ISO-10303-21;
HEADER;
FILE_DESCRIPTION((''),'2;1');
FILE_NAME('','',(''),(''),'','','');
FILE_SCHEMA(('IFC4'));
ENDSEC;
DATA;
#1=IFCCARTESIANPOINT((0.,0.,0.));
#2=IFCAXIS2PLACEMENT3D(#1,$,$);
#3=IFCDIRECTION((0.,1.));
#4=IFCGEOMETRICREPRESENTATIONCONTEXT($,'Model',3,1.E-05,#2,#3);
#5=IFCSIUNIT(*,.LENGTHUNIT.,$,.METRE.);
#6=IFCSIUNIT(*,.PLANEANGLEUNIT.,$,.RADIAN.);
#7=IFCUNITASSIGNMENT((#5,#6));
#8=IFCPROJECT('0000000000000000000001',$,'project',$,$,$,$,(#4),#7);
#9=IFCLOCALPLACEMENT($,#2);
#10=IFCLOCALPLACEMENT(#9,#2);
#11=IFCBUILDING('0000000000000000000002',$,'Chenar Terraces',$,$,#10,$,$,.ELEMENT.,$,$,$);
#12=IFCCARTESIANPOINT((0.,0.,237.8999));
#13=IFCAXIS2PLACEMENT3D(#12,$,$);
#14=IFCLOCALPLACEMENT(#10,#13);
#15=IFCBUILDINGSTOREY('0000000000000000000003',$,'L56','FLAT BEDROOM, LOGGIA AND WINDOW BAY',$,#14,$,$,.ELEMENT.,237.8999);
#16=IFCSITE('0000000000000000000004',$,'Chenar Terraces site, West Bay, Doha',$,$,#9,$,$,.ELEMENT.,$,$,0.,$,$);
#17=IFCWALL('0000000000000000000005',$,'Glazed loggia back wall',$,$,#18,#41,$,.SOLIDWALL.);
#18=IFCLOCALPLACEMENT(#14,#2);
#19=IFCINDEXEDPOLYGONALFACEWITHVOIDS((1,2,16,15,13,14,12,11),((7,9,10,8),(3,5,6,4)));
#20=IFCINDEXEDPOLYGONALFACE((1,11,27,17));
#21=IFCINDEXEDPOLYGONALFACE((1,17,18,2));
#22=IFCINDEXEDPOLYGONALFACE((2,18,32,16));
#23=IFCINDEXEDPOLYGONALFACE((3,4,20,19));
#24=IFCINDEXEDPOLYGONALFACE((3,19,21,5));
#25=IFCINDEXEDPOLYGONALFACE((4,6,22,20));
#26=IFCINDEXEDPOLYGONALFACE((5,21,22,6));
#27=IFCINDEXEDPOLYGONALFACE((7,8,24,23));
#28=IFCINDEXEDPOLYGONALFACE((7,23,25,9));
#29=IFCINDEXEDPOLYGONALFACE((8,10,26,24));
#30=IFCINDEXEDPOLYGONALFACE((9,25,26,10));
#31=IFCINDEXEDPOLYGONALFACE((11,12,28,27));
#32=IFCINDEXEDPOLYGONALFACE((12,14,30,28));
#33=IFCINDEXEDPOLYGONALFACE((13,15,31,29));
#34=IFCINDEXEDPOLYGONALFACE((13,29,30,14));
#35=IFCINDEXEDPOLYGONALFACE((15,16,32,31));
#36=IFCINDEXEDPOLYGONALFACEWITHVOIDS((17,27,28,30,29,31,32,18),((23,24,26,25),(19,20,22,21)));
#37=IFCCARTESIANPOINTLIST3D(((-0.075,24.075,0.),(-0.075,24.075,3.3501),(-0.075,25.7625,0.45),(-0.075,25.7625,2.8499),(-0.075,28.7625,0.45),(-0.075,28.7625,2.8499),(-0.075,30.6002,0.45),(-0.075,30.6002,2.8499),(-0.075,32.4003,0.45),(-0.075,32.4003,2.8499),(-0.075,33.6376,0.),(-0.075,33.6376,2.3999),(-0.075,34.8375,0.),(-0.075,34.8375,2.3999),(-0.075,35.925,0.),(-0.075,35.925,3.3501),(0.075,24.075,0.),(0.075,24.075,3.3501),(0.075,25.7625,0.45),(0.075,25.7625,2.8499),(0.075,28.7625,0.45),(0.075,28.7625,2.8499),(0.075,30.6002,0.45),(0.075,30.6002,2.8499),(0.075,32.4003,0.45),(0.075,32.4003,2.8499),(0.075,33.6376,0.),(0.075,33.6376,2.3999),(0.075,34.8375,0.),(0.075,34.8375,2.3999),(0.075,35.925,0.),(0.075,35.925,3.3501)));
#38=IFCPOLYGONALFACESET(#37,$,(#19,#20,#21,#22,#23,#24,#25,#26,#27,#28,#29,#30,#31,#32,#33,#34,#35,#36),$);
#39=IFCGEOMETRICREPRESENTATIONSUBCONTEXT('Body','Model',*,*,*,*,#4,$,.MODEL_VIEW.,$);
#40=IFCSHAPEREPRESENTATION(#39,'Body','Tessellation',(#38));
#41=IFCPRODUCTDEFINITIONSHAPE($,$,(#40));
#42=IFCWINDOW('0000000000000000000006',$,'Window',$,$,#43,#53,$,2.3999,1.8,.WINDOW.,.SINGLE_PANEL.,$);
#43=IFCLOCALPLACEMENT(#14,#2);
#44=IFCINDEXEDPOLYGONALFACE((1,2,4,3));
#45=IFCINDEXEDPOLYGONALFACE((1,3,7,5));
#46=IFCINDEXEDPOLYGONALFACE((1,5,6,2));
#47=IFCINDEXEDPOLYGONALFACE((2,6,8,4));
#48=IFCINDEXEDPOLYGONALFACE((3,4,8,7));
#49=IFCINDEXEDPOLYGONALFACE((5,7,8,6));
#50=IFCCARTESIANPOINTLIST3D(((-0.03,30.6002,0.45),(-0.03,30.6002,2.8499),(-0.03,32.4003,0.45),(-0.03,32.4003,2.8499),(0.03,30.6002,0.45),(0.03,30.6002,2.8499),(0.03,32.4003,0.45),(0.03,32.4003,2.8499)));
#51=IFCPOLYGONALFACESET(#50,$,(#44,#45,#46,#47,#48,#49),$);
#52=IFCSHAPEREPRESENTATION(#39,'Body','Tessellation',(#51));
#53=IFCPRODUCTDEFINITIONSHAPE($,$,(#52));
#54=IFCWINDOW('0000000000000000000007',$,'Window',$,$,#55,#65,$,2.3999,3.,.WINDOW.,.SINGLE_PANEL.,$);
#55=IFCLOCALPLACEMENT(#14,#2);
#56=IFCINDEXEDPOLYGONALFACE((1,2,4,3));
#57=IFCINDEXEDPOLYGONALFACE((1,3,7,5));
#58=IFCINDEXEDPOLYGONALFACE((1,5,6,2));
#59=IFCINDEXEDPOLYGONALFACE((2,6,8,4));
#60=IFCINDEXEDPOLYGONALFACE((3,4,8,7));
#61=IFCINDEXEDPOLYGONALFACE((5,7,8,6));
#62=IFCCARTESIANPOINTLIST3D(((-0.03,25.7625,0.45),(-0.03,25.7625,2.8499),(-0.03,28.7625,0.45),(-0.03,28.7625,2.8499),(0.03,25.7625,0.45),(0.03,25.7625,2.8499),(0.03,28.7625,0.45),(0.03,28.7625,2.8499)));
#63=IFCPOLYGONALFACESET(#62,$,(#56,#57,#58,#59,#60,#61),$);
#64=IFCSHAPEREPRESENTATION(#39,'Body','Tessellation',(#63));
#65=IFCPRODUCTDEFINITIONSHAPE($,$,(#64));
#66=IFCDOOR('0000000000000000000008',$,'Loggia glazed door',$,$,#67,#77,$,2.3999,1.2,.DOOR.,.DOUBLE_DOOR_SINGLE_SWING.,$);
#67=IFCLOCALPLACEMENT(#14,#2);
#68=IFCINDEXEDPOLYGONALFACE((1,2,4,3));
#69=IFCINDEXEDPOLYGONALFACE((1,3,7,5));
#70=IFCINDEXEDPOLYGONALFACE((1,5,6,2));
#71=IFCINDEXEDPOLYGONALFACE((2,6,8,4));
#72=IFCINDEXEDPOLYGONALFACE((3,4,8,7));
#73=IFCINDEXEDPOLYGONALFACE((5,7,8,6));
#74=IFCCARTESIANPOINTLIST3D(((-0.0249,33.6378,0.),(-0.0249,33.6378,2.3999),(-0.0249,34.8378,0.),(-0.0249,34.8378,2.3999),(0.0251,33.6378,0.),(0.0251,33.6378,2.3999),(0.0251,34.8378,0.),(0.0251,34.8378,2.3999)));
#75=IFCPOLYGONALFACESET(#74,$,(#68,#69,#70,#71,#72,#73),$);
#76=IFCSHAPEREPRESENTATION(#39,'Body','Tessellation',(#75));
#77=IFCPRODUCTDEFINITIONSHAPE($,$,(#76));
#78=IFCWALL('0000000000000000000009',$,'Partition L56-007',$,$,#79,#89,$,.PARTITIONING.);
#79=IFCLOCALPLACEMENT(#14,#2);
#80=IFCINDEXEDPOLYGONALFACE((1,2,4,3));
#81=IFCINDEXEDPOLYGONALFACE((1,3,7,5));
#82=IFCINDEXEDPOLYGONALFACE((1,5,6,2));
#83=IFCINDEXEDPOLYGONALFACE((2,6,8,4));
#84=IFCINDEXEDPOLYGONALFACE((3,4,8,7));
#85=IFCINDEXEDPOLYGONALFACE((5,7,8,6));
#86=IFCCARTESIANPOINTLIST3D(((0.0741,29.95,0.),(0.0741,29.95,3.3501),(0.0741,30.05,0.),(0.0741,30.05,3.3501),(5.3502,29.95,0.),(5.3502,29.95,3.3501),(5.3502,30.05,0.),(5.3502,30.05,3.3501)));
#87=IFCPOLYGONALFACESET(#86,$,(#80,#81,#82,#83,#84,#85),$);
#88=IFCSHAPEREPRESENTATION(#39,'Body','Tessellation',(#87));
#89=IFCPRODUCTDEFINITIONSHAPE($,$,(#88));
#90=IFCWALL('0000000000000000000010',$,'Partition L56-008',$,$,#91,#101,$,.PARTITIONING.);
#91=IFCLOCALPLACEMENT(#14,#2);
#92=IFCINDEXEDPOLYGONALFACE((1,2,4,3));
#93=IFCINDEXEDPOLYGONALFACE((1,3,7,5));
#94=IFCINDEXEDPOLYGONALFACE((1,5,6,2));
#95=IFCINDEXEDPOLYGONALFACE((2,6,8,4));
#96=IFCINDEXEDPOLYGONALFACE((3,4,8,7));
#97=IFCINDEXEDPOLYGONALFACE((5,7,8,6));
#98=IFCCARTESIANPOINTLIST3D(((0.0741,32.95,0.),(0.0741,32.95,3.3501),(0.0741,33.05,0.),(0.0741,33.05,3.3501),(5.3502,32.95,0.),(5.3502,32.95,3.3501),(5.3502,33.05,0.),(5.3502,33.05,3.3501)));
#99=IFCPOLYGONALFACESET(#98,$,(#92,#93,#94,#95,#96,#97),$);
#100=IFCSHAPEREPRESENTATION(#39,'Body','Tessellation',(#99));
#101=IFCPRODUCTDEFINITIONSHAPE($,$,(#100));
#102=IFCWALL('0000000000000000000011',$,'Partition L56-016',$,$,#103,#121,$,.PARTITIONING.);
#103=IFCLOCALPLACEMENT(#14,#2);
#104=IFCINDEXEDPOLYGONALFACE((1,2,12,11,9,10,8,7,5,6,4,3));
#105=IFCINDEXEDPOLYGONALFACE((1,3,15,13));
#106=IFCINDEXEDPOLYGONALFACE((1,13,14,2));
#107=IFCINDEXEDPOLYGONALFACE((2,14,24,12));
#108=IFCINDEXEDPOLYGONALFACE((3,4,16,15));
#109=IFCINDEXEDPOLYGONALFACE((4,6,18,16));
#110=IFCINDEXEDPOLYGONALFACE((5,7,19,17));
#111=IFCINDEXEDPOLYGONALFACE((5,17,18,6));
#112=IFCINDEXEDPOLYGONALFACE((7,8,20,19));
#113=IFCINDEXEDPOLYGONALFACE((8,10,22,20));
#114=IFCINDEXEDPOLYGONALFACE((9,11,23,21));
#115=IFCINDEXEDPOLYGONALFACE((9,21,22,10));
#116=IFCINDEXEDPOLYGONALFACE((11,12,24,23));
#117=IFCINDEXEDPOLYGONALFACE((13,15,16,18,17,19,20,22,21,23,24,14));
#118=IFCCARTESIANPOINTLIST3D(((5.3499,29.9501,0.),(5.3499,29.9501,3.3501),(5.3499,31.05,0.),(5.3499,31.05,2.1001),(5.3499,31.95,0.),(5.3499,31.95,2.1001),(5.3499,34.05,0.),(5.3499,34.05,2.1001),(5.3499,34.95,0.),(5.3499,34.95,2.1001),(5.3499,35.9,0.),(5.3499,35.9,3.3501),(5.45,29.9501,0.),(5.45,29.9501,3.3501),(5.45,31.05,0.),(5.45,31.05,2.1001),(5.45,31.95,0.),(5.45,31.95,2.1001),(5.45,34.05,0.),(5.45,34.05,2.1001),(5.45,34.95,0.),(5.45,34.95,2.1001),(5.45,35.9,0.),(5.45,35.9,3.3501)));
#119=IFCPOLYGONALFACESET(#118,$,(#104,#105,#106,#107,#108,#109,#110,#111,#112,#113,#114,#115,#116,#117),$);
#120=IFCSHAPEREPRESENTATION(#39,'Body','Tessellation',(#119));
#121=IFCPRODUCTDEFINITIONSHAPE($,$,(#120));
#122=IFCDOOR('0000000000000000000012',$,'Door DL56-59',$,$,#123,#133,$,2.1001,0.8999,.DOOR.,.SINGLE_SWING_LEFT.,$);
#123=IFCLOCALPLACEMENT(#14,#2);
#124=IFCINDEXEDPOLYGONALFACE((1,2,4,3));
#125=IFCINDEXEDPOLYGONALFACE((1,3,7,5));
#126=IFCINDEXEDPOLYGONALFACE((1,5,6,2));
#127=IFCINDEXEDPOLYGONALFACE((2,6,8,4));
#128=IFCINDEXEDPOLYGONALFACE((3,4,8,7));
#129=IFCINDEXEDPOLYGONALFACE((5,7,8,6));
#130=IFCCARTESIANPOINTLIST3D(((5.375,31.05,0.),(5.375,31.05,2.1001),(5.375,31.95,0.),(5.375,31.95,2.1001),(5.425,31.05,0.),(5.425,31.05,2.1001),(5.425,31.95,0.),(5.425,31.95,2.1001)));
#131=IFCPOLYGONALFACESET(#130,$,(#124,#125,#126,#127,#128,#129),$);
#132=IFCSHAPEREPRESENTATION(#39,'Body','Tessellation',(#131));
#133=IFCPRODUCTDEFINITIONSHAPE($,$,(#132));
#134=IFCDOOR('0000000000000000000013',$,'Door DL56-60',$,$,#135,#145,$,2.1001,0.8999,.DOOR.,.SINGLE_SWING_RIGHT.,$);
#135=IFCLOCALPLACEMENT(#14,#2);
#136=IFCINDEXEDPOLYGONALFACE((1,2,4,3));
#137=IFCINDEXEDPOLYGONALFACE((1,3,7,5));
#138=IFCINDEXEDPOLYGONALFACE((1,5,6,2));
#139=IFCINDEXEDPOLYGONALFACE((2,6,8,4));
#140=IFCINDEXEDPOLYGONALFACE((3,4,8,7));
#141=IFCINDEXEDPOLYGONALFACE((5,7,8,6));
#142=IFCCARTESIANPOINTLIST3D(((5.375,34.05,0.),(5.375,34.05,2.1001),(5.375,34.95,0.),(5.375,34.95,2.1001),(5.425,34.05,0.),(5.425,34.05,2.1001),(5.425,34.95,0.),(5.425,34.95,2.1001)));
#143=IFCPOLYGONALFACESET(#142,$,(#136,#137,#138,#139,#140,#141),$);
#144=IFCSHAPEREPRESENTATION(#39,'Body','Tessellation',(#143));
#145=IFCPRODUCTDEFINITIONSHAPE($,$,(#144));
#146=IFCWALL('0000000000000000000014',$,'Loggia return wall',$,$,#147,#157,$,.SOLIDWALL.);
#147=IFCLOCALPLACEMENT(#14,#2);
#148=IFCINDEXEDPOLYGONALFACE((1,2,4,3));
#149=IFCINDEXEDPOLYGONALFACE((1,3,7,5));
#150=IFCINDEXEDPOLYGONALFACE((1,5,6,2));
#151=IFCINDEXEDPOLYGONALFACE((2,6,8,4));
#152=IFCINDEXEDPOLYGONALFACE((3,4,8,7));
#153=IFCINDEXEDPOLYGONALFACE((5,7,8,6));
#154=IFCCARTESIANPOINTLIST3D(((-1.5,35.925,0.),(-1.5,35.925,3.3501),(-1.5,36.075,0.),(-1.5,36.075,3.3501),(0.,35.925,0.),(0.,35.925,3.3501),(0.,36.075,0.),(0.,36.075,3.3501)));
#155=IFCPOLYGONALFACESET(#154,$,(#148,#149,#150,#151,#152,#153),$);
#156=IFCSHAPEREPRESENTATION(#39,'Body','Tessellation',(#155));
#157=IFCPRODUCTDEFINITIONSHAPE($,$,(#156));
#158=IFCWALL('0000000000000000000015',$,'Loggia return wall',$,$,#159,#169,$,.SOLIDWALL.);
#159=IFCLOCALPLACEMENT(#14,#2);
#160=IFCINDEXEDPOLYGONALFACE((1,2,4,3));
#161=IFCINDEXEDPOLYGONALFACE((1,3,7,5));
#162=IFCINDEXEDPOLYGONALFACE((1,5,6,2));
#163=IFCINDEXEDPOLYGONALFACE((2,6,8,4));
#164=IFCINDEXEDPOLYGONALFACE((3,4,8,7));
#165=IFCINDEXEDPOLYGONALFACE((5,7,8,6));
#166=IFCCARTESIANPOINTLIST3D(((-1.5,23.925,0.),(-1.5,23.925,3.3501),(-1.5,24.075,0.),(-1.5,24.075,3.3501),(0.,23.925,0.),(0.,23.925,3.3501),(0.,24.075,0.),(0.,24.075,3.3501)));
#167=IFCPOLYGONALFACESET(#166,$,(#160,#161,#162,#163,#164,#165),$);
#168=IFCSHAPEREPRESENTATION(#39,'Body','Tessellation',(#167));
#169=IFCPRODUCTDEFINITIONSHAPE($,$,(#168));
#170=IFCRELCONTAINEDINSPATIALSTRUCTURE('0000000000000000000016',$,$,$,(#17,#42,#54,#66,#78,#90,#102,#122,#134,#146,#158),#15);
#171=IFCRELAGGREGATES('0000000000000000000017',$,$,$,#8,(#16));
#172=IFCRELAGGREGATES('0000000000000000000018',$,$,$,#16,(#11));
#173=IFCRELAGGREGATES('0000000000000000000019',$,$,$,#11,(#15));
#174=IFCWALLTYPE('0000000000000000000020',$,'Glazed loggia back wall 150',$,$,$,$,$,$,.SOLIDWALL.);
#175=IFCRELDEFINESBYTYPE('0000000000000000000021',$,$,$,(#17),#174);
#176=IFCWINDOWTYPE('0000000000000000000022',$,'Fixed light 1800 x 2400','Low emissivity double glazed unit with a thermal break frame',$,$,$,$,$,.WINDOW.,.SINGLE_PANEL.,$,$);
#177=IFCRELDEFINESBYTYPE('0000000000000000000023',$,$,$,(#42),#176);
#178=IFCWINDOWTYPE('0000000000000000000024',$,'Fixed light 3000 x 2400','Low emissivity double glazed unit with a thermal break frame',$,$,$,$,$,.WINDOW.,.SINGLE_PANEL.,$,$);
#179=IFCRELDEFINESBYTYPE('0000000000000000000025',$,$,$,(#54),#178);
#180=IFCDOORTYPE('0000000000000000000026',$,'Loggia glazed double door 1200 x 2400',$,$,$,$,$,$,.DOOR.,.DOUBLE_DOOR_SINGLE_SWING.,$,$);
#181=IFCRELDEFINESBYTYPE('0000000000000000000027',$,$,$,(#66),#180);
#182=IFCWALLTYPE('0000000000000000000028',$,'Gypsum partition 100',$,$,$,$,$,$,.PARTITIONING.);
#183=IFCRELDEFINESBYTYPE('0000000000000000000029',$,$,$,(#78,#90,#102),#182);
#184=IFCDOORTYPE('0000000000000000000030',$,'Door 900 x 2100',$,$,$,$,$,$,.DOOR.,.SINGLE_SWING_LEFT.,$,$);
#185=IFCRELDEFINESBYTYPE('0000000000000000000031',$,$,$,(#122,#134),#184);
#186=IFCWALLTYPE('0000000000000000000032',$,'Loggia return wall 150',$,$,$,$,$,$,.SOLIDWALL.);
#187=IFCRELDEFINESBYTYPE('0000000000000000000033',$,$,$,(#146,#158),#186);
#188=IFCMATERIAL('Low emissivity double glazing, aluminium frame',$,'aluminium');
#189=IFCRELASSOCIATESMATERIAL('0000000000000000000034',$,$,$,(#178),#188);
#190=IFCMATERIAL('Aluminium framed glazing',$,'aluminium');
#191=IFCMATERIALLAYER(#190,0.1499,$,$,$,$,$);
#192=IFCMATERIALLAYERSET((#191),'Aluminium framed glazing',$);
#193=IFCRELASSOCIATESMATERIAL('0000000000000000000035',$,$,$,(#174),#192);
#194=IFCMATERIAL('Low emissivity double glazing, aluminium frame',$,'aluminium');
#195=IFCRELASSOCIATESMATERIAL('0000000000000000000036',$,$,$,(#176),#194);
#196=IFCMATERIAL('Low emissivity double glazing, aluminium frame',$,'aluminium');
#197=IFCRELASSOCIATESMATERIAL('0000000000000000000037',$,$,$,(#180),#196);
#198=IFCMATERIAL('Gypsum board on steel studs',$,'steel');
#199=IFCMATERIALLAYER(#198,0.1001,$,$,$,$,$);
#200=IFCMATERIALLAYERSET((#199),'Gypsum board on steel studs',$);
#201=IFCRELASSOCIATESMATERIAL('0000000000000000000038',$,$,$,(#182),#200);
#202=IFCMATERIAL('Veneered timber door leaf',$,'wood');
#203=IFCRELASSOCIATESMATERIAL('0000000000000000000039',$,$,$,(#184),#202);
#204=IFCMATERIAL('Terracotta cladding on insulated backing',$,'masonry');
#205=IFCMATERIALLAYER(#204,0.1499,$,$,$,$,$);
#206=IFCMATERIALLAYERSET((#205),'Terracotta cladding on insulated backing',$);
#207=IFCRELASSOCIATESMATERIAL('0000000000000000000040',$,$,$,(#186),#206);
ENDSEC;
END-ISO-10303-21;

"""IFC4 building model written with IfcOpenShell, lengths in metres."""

from ifc_helpers import new_model, si_unit, direction, frame, frame_2d, origin, place, context, subcontext, project, spatial, rectangle, extrude, material, layer, layer_set, type_object, element, fill, save


model = new_model("IFC4")

# Units and contexts
model_context = context("Model", 3, precision=1e-05, world=origin(), true_north=direction((0.0, 1.0)))
body_context = subcontext(model_context, "Body", "Model", "MODEL_VIEW")
ifc_project = project(units=[si_unit("LENGTHUNIT", "METRE"), si_unit("PLANEANGLEUNIT", "RADIAN")], contexts=[model_context])

# Site, building, storey
site_placement = place(None, origin())
site = spatial("IfcSite", under=ifc_project, at=site_placement, Name="Chenar Terraces site, West Bay, Doha", CompositionType="ELEMENT", RefElevation=0.0)
building_placement = place(site_placement, origin())
building = spatial("IfcBuilding", under=site, at=building_placement, Name="Chenar Terraces", CompositionType="ELEMENT")
storey_placement = place(building_placement, frame((0.0, 0.0, 237.8999)))
storey = spatial("IfcBuildingStorey", under=building, at=storey_placement, Name="L56", Description="FLAT BEDROOM, LOGGIA AND WINDOW BAY", CompositionType="ELEMENT", Elevation=237.8999)

# Shared definitions
ifc_material_1 = material(Name="Low emissivity double glazing, aluminium frame", Category="aluminium")
window_type_1 = type_object("IfcWindowType", Name="Fixed light 3000 x 2400", Description="Low emissivity double glazed unit with a thermal break frame", PartitioningType="SINGLE_PANEL", PredefinedType="WINDOW", material=ifc_material_1)

# Wall, openings, windows, door
ifc_material_2 = material(Name="Aluminium framed glazing", Category="aluminium")
ifc_layer_1 = layer(ifc_material_2, 0.1499)
ifc_layer_set_1 = layer_set([ifc_layer_1], Name="Aluminium framed glazing")
wall_type_1 = type_object("IfcWallType", Name="Glazed loggia back wall 150", PredefinedType="SOLIDWALL", material=ifc_layer_set_1)
wall_1_placement = place(storey_placement, frame((0.0, 35.925, 0.0), z_axis=(0.0, 0.0, 1.0), x_axis=(0.0, -1.0, 0.0)))
wall_1 = element("IfcWall", 1, at=wall_1_placement, inside=storey, type_object=wall_type_1, Name="Glazed loggia back wall", PredefinedType="SOLIDWALL", context=body_context, shape_type="SweptSolid", body=[
    extrude(rectangle(XDim=11.8501, YDim=0.1499, at=frame_2d((5.925, 0.0))), origin(), (0.0, 0.0, 1.0), 3.3501),
])
opening_1_placement = place(wall_1_placement, frame((1.0874, 0.0, 0.0)))
opening_1 = element("IfcOpeningElement", 2, at=opening_1_placement, cuts=wall_1, PredefinedType="OPENING", context=body_context, shape_type="SweptSolid", body=[
    extrude(rectangle(XDim=1.2, YDim=2.3999, at=frame_2d((0.6001, 1.2))), frame((0.0, 0.085, 0.0), z_axis=(0.0, -1.0, 0.0), x_axis=(1.0, 0.0, 0.0)), (0.0, 0.0, 1.0), 0.1699),
])
opening_2_placement = place(wall_1_placement, frame((3.5249, 0.0, 0.45)))
opening_2 = element("IfcOpeningElement", 3, at=opening_2_placement, cuts=wall_1, PredefinedType="OPENING", context=body_context, shape_type="SweptSolid", body=[
    extrude(rectangle(XDim=1.8, YDim=2.3999, at=frame_2d((0.8999, 1.2))), frame((0.0, 0.085, 0.0), z_axis=(0.0, -1.0, 0.0), x_axis=(1.0, 0.0, 0.0)), (0.0, 0.0, 1.0), 0.1699),
])
opening_3_placement = place(wall_1_placement, frame((7.1626, 0.0, 0.45)))
opening_3 = element("IfcOpeningElement", 4, at=opening_3_placement, cuts=wall_1, PredefinedType="OPENING", context=body_context, shape_type="SweptSolid", body=[
    extrude(rectangle(XDim=3.0, YDim=2.3999, at=frame_2d((1.5, 1.2))), frame((0.0, 0.085, 0.0), z_axis=(0.0, -1.0, 0.0), x_axis=(1.0, 0.0, 0.0)), (0.0, 0.0, 1.0), 0.1699),
])
ifc_material_3 = material(Name="Low emissivity double glazing, aluminium frame", Category="aluminium")
window_type_2 = type_object("IfcWindowType", Name="Fixed light 1800 x 2400", Description="Low emissivity double glazed unit with a thermal break frame", PartitioningType="SINGLE_PANEL", PredefinedType="WINDOW", material=ifc_material_3)
window_1_placement = place(opening_2_placement, origin())
window_1 = element("IfcWindow", 5, at=window_1_placement, inside=storey, type_object=window_type_2, Name="Window", OverallHeight=2.3999, OverallWidth=1.8, PartitioningType="SINGLE_PANEL", PredefinedType="WINDOW", context=body_context, shape_type="SweptSolid", body=[
    extrude(rectangle(XDim=1.8, YDim=2.3999, at=frame_2d((0.8999, 1.2))), frame((0.0, 0.03, 0.0), z_axis=(0.0, -1.0, 0.0), x_axis=(1.0, 0.0, 0.0)), (0.0, 0.0, 1.0), 0.0601),
])
fill(opening_2, window_1)
window_2_placement = place(opening_3_placement, origin())
window_2 = element("IfcWindow", 6, at=window_2_placement, inside=storey, type_object=window_type_1, Name="Window", OverallHeight=2.3999, OverallWidth=3.0, PartitioningType="SINGLE_PANEL", PredefinedType="WINDOW", context=body_context, shape_type="SweptSolid", body=[
    extrude(rectangle(XDim=3.0, YDim=2.3999, at=frame_2d((1.5, 1.2))), frame((0.0, 0.03, 0.0), z_axis=(0.0, -1.0, 0.0), x_axis=(1.0, 0.0, 0.0)), (0.0, 0.0, 1.0), 0.0601),
])
fill(opening_3, window_2)
ifc_material_4 = material(Name="Low emissivity double glazing, aluminium frame", Category="aluminium")
door_type_1 = type_object("IfcDoorType", Name="Loggia glazed double door 1200 x 2400", OperationType="DOUBLE_DOOR_SINGLE_SWING", PredefinedType="DOOR", material=ifc_material_4)
door_1_placement = place(opening_1_placement, frame((1.2, 0.0, 0.0), z_axis=(0.0, 0.0, 1.0), x_axis=(-1.0, 0.0, 0.0)))
door_1 = element("IfcDoor", 7, at=door_1_placement, inside=storey, type_object=door_type_1, Name="Loggia glazed door", OperationType="DOUBLE_DOOR_SINGLE_SWING", OverallHeight=2.3999, OverallWidth=1.2, PredefinedType="DOOR", context=body_context, shape_type="SweptSolid", body=[
    extrude(rectangle(XDim=1.2, YDim=2.3999, at=frame_2d((0.6001, 1.2))), frame((0.0, 0.0249, 0.0), z_axis=(0.0, -1.0, 0.0), x_axis=(1.0, 0.0, 0.0)), (0.0, 0.0, 1.0), 0.05),
])
fill(opening_1, door_1)

# Walls
ifc_material_5 = material(Name="Gypsum board on steel studs", Category="steel")
ifc_layer_2 = layer(ifc_material_5, 0.1001)
ifc_layer_set_2 = layer_set([ifc_layer_2], Name="Gypsum board on steel studs")
wall_type_2 = type_object("IfcWallType", Name="Gypsum partition 100", PredefinedType="PARTITIONING", material=ifc_layer_set_2)
for number, where, z_axis, x_axis, name in (
    (8, (0.074, 30.0, 0.0), (0.0, 0.0, 1.0), (1.0, 0.0, 0.0), "Partition L56-007"),
    (9, (0.074, 33.0, 0.0), (0.0, 0.0, 1.0), (1.0, 0.0, 0.0), "Partition L56-008"),
):
    element("IfcWall", number, at=place(storey_placement, frame(where, z_axis=z_axis, x_axis=x_axis)), inside=storey, type_object=wall_type_2, Name=name, PredefinedType="PARTITIONING", context=body_context, shape_type="SweptSolid", body=[
        extrude(rectangle(XDim=5.2761, YDim=0.1001, at=frame_2d((2.6382, 0.0))), origin(), (0.0, 0.0, 1.0), 3.3501),
    ])

# Wall, openings, doors
wall_2_placement = place(storey_placement, frame((5.3999, 29.95, 0.0), z_axis=(0.0, 0.0, 1.0), x_axis=(0.0, 1.0, 0.0)))
wall_2 = element("IfcWall", 10, at=wall_2_placement, inside=storey, type_object=wall_type_2, Name="Partition L56-016", PredefinedType="PARTITIONING", context=body_context, shape_type="SweptSolid", body=[
    extrude(rectangle(XDim=5.95, YDim=0.1001, at=frame_2d((2.9751, 0.0))), origin(), (0.0, 0.0, 1.0), 3.3501),
])
opening_4_placement = place(wall_2_placement, frame((1.1001, 0.0, 0.0)))
opening_4 = element("IfcOpeningElement", 11, at=opening_4_placement, cuts=wall_2, PredefinedType="OPENING", context=body_context, shape_type="SweptSolid", body=[
    extrude(rectangle(XDim=0.8999, YDim=2.1001, at=frame_2d((0.45, 1.05))), frame((0.0, 0.0601, 0.0), z_axis=(0.0, -1.0, 0.0), x_axis=(1.0, 0.0, 0.0)), (0.0, 0.0, 1.0), 0.1201),
])
opening_5_placement = place(wall_2_placement, frame((4.1001, 0.0, 0.0)))
opening_5 = element("IfcOpeningElement", 12, at=opening_5_placement, cuts=wall_2, PredefinedType="OPENING", context=body_context, shape_type="SweptSolid", body=[
    extrude(rectangle(XDim=0.8999, YDim=2.1001, at=frame_2d((0.45, 1.05))), frame((0.0, 0.0601, 0.0), z_axis=(0.0, -1.0, 0.0), x_axis=(1.0, 0.0, 0.0)), (0.0, 0.0, 1.0), 0.1201),
])
ifc_material_6 = material(Name="Veneered timber door leaf", Category="wood")
door_type_2 = type_object("IfcDoorType", Name="Door 900 x 2100", OperationType="SINGLE_SWING_LEFT", PredefinedType="DOOR", material=ifc_material_6)
door_2_placement = place(opening_4_placement, origin())
door_2 = element("IfcDoor", 13, at=door_2_placement, inside=storey, type_object=door_type_2, Name="Door DL56-59", OperationType="SINGLE_SWING_LEFT", OverallHeight=2.1001, OverallWidth=0.8999, PredefinedType="DOOR", context=body_context, shape_type="SweptSolid", body=[
    extrude(rectangle(XDim=0.8999, YDim=2.1001, at=frame_2d((0.45, 1.05))), frame((0.0, 0.0249, 0.0), z_axis=(0.0, -1.0, 0.0), x_axis=(1.0, 0.0, 0.0)), (0.0, 0.0, 1.0), 0.05),
])
fill(opening_4, door_2)
door_3_placement = place(opening_5_placement, origin())
door_3 = element("IfcDoor", 14, at=door_3_placement, inside=storey, type_object=door_type_2, Name="Door DL56-60", OperationType="SINGLE_SWING_RIGHT", OverallHeight=2.1001, OverallWidth=0.8999, PredefinedType="DOOR", context=body_context, shape_type="SweptSolid", body=[
    extrude(rectangle(XDim=0.8999, YDim=2.1001, at=frame_2d((0.45, 1.05))), frame((0.0, 0.0249, 0.0), z_axis=(0.0, -1.0, 0.0), x_axis=(1.0, 0.0, 0.0)), (0.0, 0.0, 1.0), 0.05),
])
fill(opening_5, door_3)

# Walls
ifc_material_7 = material(Name="Terracotta cladding on insulated backing", Category="masonry")
ifc_layer_3 = layer(ifc_material_7, 0.1499)
ifc_layer_set_3 = layer_set([ifc_layer_3], Name="Terracotta cladding on insulated backing")
wall_type_3 = type_object("IfcWallType", Name="Loggia return wall 150", PredefinedType="SOLIDWALL", material=ifc_layer_set_3)
for number, where, z_axis, x_axis, name in (
    (15, (-1.5, 36.0, 0.0), (0.0, 0.0, 1.0), (1.0, 0.0, 0.0), "Loggia return wall"),
    (16, (-1.5, 24.0, 0.0), (0.0, 0.0, 1.0), (1.0, 0.0, 0.0), "Loggia return wall"),
):
    element("IfcWall", number, at=place(storey_placement, frame(where, z_axis=z_axis, x_axis=x_axis)), inside=storey, type_object=wall_type_3, Name=name, PredefinedType="SOLIDWALL", context=body_context, shape_type="SweptSolid", body=[
        extrude(rectangle(XDim=1.5, YDim=0.1499, at=frame_2d((0.75, 0.0))), origin(), (0.0, 0.0, 1.0), 3.3501),
    ])

save(model, "model.ifc")
